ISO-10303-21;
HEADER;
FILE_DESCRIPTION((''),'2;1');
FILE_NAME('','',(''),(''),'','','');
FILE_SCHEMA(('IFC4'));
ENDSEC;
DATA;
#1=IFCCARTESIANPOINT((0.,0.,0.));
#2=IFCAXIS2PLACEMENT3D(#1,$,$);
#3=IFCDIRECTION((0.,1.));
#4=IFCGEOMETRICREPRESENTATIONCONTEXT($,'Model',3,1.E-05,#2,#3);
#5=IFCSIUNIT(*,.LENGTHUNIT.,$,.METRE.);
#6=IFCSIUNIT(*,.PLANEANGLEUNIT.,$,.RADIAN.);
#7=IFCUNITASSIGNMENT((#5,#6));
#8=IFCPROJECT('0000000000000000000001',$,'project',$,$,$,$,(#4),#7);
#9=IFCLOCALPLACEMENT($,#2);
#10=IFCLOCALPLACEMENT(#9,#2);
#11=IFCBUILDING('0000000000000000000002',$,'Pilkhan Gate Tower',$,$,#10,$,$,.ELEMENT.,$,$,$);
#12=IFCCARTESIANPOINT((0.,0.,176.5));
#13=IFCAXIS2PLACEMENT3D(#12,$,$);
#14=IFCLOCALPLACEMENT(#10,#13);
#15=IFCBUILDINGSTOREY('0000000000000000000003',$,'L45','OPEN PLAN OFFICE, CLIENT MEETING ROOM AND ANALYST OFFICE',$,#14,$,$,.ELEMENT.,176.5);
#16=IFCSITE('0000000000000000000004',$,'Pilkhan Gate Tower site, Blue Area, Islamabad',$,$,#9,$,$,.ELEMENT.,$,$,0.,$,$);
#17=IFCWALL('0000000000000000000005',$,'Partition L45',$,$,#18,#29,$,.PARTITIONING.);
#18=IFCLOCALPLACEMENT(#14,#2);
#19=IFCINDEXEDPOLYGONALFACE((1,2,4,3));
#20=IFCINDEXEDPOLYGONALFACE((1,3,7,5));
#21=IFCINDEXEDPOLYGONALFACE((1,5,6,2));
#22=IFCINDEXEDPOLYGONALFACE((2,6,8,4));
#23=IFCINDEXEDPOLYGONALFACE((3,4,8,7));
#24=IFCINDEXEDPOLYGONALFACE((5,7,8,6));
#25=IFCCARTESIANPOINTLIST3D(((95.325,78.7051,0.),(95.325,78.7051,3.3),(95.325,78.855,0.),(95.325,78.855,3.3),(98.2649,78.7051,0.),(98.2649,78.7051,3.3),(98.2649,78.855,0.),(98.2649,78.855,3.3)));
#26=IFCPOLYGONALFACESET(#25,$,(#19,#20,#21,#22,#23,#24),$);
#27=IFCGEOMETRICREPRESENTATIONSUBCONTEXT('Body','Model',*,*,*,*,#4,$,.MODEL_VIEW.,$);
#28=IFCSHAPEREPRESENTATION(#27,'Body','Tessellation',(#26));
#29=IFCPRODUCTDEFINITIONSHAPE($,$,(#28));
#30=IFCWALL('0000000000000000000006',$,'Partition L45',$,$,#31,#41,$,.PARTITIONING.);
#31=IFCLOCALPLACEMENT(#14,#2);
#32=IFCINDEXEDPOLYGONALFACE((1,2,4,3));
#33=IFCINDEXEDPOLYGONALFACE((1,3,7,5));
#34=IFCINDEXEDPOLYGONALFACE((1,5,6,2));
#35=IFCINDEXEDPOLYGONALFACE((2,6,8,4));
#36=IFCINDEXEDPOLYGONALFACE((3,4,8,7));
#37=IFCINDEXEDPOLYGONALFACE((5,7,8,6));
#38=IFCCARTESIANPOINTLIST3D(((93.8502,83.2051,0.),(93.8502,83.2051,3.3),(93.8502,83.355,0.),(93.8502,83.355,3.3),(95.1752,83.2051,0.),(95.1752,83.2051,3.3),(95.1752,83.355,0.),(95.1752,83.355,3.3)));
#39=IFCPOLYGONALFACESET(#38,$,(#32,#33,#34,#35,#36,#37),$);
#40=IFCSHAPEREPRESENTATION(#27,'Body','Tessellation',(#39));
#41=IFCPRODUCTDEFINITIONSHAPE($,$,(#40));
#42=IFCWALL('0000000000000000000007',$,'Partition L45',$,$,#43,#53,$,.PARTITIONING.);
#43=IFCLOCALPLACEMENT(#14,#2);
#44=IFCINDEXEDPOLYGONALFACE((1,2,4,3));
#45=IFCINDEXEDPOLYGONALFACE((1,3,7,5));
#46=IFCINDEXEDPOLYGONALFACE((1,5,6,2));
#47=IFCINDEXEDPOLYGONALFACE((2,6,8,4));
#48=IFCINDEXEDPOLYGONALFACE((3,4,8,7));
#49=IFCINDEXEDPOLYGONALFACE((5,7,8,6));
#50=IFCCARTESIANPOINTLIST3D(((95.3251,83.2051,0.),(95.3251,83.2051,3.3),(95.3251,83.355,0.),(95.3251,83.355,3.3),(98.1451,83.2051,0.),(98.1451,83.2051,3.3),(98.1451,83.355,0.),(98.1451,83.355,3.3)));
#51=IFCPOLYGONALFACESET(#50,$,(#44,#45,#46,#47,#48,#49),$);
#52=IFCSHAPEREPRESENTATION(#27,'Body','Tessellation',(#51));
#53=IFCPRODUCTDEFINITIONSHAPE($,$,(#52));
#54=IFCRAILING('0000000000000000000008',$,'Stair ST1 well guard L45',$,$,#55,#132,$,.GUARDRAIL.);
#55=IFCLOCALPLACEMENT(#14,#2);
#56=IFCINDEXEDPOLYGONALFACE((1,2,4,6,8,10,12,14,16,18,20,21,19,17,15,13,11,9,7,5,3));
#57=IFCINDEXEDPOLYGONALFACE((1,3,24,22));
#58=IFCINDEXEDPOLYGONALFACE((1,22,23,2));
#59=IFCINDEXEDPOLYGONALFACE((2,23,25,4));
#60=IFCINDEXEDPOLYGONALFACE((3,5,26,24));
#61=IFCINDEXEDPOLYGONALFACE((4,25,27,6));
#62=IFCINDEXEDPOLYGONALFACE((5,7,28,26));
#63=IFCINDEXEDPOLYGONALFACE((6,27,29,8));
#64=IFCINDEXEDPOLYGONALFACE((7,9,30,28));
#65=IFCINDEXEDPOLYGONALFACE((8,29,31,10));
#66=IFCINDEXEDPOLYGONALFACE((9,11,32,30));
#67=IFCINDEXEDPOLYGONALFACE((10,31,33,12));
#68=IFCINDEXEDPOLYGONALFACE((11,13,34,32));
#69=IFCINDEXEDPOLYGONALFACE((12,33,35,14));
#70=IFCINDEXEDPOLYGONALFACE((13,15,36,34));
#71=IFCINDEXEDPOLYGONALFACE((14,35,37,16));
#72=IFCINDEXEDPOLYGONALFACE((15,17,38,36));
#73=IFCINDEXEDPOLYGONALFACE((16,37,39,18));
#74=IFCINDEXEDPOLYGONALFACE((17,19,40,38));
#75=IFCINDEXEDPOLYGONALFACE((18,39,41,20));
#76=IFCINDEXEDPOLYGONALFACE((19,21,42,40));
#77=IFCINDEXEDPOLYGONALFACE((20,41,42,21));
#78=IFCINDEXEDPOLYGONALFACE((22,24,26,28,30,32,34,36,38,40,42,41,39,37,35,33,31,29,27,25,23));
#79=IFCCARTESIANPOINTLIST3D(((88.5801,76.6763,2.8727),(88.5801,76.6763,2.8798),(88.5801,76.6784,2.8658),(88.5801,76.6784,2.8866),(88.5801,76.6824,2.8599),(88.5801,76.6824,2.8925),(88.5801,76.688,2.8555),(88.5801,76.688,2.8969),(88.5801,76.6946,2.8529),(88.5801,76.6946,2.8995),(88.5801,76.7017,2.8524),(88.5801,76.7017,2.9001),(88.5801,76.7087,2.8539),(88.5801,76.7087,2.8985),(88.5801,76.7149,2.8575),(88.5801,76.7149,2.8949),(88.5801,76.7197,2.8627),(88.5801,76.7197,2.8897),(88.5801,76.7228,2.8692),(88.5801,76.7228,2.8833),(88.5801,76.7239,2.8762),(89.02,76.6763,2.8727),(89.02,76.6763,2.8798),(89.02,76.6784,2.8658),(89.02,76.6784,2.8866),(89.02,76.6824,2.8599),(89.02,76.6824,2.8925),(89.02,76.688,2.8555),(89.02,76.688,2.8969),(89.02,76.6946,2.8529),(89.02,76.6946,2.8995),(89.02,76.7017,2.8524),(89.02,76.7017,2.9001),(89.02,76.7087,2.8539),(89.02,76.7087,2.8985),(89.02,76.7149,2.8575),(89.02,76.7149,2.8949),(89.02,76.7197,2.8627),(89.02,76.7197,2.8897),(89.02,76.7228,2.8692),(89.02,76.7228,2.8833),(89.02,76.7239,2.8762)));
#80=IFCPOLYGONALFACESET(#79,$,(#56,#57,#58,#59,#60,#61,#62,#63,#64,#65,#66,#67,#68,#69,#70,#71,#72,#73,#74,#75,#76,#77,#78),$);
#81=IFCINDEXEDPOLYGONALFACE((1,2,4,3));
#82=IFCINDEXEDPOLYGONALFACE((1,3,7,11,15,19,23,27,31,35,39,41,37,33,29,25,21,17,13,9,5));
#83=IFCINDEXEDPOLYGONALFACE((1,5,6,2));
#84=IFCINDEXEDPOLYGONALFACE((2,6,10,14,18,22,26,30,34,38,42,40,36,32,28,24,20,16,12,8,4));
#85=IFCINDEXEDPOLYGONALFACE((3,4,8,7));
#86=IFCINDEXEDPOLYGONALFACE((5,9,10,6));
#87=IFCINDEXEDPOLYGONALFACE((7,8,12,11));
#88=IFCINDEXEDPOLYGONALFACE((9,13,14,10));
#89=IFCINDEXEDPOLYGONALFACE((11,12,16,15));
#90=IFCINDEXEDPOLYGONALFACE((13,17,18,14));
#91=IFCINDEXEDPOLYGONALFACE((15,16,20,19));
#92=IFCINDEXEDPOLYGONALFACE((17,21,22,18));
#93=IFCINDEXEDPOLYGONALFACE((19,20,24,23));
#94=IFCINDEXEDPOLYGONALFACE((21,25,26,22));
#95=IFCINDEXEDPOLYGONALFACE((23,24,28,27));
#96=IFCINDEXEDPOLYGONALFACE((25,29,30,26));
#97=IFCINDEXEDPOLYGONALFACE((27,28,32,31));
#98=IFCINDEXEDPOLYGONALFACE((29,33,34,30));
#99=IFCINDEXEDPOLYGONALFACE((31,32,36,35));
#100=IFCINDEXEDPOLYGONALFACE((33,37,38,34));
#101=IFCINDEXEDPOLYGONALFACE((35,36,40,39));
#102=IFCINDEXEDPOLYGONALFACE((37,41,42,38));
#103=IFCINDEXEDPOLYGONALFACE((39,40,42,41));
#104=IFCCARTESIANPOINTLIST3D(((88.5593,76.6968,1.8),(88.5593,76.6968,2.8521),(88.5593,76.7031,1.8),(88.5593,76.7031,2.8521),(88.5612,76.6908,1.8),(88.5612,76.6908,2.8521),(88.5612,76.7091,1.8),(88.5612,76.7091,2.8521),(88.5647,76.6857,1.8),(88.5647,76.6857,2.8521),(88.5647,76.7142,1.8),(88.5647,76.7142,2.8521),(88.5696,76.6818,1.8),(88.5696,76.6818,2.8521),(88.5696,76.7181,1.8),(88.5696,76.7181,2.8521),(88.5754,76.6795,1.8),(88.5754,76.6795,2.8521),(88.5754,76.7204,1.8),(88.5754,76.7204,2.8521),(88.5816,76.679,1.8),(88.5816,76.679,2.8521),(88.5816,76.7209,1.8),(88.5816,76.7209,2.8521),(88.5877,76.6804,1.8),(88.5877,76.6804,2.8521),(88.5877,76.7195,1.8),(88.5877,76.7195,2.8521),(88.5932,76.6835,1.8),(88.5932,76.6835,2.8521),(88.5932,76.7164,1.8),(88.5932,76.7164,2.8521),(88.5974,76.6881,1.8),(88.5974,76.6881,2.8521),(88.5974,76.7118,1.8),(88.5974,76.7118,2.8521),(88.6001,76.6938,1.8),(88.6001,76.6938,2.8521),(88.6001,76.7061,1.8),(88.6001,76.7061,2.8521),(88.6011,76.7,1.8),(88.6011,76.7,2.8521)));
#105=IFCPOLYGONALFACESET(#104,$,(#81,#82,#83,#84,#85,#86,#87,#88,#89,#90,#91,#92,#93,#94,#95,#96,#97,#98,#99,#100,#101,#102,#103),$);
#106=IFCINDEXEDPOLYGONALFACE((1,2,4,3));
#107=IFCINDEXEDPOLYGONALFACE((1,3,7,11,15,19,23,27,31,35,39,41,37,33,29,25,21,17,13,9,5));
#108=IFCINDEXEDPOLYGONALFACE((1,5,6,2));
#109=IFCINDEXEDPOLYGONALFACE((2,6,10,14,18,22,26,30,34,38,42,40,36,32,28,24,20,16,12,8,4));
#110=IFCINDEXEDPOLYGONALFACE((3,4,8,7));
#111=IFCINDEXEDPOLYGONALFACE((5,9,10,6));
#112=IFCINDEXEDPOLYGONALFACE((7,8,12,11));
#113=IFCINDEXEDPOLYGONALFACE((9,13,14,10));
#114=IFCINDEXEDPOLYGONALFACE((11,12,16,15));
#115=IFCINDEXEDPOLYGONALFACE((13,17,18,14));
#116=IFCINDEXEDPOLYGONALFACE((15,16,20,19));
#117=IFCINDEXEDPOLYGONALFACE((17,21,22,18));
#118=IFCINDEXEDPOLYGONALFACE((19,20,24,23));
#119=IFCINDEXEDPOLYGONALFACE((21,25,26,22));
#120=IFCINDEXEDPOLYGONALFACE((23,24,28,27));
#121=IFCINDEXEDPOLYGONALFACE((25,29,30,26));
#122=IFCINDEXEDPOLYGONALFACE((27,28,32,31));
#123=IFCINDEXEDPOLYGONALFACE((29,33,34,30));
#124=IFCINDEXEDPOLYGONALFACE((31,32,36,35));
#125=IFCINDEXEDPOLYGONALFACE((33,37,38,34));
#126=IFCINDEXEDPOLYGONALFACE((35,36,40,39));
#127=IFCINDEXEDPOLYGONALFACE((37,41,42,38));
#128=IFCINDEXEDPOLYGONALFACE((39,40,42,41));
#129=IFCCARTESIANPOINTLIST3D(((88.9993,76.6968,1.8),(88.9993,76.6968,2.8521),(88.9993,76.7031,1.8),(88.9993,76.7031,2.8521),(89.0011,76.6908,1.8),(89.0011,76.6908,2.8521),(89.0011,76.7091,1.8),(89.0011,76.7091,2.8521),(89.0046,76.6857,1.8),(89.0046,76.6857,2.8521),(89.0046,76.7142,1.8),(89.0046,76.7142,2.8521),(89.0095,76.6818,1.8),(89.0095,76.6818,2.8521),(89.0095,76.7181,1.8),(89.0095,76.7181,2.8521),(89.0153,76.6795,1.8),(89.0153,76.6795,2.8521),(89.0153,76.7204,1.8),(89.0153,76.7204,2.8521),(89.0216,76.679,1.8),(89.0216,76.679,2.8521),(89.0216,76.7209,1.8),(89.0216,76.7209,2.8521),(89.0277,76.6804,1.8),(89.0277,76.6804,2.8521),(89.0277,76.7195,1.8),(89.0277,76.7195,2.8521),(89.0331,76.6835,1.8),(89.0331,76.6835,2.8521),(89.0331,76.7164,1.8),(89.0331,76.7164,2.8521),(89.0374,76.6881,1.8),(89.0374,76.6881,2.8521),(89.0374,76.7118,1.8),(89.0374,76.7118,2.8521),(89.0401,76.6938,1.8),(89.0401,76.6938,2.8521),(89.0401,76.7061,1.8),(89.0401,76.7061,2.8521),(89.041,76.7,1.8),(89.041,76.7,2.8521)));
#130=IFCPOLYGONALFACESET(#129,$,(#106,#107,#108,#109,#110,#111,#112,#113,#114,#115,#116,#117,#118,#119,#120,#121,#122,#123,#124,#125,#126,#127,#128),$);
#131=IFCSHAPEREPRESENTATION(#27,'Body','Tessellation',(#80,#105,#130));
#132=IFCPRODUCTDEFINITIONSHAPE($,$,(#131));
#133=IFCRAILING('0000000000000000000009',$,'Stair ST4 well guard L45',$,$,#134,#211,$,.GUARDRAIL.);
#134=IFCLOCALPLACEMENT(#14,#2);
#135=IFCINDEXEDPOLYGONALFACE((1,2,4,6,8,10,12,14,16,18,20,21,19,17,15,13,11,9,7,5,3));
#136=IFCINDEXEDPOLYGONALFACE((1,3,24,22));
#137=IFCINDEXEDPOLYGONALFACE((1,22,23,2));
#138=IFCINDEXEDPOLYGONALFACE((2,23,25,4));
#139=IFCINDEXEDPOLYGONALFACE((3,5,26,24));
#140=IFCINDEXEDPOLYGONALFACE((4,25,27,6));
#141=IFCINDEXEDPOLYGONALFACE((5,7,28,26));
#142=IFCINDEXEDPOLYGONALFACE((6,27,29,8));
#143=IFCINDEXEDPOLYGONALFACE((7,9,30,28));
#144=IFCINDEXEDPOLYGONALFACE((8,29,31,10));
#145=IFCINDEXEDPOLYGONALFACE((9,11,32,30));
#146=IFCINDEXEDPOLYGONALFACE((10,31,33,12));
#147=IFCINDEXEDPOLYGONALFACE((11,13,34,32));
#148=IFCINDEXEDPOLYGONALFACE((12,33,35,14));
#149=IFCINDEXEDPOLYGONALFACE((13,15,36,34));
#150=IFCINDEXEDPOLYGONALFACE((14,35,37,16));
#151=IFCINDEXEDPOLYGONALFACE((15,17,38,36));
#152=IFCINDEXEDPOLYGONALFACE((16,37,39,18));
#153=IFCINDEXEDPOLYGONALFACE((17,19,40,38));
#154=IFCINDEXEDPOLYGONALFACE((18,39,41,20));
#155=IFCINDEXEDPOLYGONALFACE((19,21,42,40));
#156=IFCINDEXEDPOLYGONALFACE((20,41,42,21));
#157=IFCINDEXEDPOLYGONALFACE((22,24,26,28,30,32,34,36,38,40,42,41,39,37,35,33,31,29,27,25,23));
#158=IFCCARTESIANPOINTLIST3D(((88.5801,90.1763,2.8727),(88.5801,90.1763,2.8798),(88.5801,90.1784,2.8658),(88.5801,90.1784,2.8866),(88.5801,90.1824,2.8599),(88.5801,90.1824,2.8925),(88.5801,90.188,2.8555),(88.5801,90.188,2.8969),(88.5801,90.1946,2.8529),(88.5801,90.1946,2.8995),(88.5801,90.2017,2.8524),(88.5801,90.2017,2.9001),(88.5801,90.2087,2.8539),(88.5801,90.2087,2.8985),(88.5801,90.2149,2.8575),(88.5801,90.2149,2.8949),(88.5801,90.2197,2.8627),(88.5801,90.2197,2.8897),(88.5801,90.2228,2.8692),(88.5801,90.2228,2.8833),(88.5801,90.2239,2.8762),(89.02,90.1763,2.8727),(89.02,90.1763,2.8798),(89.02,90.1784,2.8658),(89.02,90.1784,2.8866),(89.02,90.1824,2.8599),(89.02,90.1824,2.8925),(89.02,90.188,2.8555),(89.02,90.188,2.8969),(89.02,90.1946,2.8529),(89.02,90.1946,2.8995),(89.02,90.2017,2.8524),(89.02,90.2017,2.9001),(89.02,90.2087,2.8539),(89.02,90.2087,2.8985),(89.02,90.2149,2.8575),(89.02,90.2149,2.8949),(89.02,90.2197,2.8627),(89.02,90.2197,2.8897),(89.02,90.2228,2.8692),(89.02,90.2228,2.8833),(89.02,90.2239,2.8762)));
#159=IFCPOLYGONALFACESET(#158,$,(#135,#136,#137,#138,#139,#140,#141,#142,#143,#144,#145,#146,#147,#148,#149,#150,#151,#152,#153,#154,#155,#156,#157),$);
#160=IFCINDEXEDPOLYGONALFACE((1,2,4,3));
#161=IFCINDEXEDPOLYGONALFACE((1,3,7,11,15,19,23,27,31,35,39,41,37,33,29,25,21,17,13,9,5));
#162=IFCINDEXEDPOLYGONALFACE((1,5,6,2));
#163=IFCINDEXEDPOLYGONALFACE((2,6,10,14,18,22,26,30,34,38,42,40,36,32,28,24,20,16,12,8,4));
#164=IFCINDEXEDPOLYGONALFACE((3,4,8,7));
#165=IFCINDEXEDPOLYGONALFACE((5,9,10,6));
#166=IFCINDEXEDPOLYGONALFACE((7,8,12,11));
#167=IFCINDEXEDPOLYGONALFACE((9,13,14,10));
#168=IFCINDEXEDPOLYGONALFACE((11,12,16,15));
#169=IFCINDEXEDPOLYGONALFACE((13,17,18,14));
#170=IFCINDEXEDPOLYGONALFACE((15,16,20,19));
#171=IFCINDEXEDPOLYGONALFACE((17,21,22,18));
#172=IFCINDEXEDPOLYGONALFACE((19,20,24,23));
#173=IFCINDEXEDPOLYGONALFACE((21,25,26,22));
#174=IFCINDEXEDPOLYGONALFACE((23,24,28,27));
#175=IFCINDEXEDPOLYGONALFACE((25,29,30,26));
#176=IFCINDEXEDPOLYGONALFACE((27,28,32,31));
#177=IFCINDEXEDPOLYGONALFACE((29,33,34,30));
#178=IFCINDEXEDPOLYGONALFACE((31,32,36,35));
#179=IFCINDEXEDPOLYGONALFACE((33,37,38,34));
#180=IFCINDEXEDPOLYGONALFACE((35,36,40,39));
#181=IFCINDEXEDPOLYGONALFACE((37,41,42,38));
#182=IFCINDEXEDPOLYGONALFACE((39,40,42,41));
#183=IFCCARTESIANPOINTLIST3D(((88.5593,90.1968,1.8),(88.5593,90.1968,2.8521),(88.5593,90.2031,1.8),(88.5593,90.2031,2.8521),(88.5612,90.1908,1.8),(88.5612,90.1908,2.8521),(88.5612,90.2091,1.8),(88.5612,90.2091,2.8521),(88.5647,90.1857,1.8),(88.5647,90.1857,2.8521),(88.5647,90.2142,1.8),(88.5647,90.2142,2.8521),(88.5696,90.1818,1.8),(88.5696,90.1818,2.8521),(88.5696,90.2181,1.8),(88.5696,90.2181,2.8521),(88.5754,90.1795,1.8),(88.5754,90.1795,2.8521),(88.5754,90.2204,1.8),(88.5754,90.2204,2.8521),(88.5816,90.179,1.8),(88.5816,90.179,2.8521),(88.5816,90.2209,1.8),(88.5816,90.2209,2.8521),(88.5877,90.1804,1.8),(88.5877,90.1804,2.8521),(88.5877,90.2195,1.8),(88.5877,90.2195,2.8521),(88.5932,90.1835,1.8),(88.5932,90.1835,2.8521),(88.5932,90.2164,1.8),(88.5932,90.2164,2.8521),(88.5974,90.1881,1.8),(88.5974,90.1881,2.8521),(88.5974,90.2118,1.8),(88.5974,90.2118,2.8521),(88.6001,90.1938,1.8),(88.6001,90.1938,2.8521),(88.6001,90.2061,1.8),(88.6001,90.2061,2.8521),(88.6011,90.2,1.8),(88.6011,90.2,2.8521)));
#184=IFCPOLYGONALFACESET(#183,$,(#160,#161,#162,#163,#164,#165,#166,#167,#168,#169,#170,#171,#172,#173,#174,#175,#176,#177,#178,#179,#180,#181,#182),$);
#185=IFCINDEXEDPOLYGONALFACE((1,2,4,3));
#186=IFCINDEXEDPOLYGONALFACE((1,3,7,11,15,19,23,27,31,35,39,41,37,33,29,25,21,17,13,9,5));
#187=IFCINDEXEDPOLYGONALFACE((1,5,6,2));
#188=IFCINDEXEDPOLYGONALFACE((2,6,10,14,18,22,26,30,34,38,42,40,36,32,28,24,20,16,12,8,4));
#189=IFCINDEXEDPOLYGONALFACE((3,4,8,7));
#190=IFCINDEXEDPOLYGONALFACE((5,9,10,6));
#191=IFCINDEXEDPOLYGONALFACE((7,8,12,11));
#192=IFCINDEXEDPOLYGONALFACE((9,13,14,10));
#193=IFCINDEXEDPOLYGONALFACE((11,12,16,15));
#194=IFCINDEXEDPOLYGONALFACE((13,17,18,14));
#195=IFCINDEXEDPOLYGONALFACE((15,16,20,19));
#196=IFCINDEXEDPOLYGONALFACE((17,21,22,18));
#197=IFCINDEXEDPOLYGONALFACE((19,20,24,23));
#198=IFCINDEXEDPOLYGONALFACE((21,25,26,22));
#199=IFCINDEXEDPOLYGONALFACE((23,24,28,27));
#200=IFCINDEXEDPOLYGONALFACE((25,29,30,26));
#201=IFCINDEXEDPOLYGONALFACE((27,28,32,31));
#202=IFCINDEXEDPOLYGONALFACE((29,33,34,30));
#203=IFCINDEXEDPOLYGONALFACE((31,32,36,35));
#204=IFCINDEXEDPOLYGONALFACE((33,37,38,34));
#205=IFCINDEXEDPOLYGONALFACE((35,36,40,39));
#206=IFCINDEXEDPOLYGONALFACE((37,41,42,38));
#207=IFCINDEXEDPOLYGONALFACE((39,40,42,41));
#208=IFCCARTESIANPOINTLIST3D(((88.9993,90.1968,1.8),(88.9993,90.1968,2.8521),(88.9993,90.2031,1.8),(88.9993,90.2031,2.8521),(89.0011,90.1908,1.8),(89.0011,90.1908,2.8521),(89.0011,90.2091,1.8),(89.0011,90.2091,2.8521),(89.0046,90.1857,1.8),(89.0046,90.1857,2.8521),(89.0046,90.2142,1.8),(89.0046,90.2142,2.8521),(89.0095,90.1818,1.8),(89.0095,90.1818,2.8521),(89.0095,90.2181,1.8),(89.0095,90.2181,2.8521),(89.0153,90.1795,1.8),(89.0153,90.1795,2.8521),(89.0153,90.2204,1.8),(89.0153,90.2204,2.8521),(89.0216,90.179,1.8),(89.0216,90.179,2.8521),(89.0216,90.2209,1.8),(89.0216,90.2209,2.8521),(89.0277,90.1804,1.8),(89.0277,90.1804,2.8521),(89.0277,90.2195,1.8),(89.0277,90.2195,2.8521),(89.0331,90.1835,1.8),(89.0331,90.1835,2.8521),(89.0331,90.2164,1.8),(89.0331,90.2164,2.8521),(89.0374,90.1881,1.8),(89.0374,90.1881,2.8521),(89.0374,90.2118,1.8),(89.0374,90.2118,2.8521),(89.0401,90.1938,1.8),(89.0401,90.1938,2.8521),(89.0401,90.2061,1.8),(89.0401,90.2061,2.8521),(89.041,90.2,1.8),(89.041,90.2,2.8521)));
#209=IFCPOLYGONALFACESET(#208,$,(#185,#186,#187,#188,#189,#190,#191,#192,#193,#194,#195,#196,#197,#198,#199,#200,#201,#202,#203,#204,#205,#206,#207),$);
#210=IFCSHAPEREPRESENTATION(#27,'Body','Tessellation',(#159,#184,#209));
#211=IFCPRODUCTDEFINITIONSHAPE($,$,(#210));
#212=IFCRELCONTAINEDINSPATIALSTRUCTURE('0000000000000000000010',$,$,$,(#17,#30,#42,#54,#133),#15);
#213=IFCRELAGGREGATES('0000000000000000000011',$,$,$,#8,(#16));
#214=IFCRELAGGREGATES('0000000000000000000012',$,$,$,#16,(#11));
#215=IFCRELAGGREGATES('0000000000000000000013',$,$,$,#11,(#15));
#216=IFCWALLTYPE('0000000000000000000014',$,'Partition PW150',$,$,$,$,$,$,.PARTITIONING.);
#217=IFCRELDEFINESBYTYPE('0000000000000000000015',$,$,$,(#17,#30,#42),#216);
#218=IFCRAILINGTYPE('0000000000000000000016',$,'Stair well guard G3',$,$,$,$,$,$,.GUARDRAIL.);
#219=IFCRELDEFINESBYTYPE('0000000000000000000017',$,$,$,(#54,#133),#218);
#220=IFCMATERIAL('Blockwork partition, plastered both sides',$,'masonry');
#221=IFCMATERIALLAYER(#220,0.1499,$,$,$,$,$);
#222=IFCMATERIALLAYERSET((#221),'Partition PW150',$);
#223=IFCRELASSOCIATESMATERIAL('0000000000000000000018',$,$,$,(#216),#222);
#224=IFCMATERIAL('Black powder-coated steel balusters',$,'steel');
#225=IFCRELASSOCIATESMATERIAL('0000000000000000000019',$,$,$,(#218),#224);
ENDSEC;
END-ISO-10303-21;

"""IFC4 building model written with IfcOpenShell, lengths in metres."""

from ifc_helpers import new_model, si_unit, direction, frame, frame_2d, origin, origin_2d, place, context, subcontext, project, spatial, rectangle, circle, extrude, material, layer, layer_set, type_object, element, save


model = new_model("IFC4")

# Units and contexts
model_context = context("Model", 3, precision=1e-05, world=origin(), true_north=direction((0.0, 1.0)))
body_context = subcontext(model_context, "Body", "Model", "MODEL_VIEW")
ifc_project = project(units=[si_unit("LENGTHUNIT", "METRE"), si_unit("PLANEANGLEUNIT", "RADIAN")], contexts=[model_context])

# Site, building, storey
site_placement = place(None, origin())
site = spatial("IfcSite", under=ifc_project, at=site_placement, Name="Pilkhan Gate Tower site, Blue Area, Islamabad", CompositionType="ELEMENT", RefElevation=0.0)
building_placement = place(site_placement, origin())
building = spatial("IfcBuilding", under=site, at=building_placement, Name="Pilkhan Gate Tower", CompositionType="ELEMENT")
storey_placement = place(building_placement, frame((0.0, 0.0, 176.5)))
storey = spatial("IfcBuildingStorey", under=building, at=storey_placement, Name="L45", Description="OPEN PLAN OFFICE, CLIENT MEETING ROOM AND ANALYST OFFICE", CompositionType="ELEMENT", Elevation=176.5)

# Walls
ifc_material_1 = material(Name="Blockwork partition, plastered both sides", Category="masonry")
ifc_layer_1 = layer(ifc_material_1, 0.1499)
ifc_layer_set_1 = layer_set([ifc_layer_1], Name="Partition PW150")
wall_type_1 = type_object("IfcWallType", Name="Partition PW150", PredefinedType="PARTITIONING", material=ifc_layer_set_1)
wall_1_placement = place(storey_placement, frame((95.325, 78.78, 0.0), z_axis=(0.0, 0.0, 1.0), x_axis=(1.0, 0.0, 0.0)))
element("IfcWall", 1, at=wall_1_placement, inside=storey, type_object=wall_type_1, Name="Partition L45", PredefinedType="PARTITIONING", context=body_context, shape_type="SweptSolid", body=[
    extrude(rectangle(XDim=2.9399, YDim=0.1499, at=frame_2d((1.47, 0.0))), origin(), (0.0, 0.0, 1.0), 3.3),
])
wall_2_placement = place(storey_placement, frame((93.8501, 83.28, 0.0), z_axis=(0.0, 0.0, 1.0), x_axis=(1.0, 0.0, 0.0)))
element("IfcWall", 2, at=wall_2_placement, inside=storey, type_object=wall_type_1, Name="Partition L45", PredefinedType="PARTITIONING", context=body_context, shape_type="SweptSolid", body=[
    extrude(rectangle(XDim=1.325, YDim=0.1499, at=frame_2d((0.6626, 0.0))), origin(), (0.0, 0.0, 1.0), 3.3),
])
wall_3_placement = place(storey_placement, frame((95.325, 83.28, 0.0), z_axis=(0.0, 0.0, 1.0), x_axis=(1.0, 0.0, 0.0)))
element("IfcWall", 3, at=wall_3_placement, inside=storey, type_object=wall_type_1, Name="Partition L45", PredefinedType="PARTITIONING", context=body_context, shape_type="SweptSolid", body=[
    extrude(rectangle(XDim=2.8201, YDim=0.1499, at=frame_2d((1.4102, 0.0))), origin(), (0.0, 0.0, 1.0), 3.3),
])

# Railings
ifc_material_2 = material(Name="Black powder-coated steel balusters", Category="steel")
railing_type = type_object("IfcRailingType", Name="Stair well guard G3", PredefinedType="GUARDRAIL", material=ifc_material_2)
for number, where, name in (
    (4, (88.5801, 76.7, 1.8), "Stair ST1 well guard L45"),
    (5, (88.5801, 90.2, 1.8), "Stair ST4 well guard L45"),
):
    element("IfcRailing", number, at=place(storey_placement, frame(where)), inside=storey, type_object=railing_type, Name=name, PredefinedType="GUARDRAIL", context=body_context, shape_type="SweptSolid", body=[
        extrude(circle(Radius=0.0239, at=origin_2d()), frame((0.0, 0.0, 1.0762), z_axis=(1.0, 0.0, 0.0), x_axis=(0.0, 1.0, 0.0)), (0.0, 0.0, 1.0), 0.4399),
        extrude(circle(Radius=0.021, at=origin_2d()), origin(), (0.0, 0.0, 1.0), 1.052),
        extrude(circle(Radius=0.021, at=origin_2d()), frame((0.4399, 0.0, 0.0)), (0.0, 0.0, 1.0), 1.052),
    ])

save(model, "model.ifc")
